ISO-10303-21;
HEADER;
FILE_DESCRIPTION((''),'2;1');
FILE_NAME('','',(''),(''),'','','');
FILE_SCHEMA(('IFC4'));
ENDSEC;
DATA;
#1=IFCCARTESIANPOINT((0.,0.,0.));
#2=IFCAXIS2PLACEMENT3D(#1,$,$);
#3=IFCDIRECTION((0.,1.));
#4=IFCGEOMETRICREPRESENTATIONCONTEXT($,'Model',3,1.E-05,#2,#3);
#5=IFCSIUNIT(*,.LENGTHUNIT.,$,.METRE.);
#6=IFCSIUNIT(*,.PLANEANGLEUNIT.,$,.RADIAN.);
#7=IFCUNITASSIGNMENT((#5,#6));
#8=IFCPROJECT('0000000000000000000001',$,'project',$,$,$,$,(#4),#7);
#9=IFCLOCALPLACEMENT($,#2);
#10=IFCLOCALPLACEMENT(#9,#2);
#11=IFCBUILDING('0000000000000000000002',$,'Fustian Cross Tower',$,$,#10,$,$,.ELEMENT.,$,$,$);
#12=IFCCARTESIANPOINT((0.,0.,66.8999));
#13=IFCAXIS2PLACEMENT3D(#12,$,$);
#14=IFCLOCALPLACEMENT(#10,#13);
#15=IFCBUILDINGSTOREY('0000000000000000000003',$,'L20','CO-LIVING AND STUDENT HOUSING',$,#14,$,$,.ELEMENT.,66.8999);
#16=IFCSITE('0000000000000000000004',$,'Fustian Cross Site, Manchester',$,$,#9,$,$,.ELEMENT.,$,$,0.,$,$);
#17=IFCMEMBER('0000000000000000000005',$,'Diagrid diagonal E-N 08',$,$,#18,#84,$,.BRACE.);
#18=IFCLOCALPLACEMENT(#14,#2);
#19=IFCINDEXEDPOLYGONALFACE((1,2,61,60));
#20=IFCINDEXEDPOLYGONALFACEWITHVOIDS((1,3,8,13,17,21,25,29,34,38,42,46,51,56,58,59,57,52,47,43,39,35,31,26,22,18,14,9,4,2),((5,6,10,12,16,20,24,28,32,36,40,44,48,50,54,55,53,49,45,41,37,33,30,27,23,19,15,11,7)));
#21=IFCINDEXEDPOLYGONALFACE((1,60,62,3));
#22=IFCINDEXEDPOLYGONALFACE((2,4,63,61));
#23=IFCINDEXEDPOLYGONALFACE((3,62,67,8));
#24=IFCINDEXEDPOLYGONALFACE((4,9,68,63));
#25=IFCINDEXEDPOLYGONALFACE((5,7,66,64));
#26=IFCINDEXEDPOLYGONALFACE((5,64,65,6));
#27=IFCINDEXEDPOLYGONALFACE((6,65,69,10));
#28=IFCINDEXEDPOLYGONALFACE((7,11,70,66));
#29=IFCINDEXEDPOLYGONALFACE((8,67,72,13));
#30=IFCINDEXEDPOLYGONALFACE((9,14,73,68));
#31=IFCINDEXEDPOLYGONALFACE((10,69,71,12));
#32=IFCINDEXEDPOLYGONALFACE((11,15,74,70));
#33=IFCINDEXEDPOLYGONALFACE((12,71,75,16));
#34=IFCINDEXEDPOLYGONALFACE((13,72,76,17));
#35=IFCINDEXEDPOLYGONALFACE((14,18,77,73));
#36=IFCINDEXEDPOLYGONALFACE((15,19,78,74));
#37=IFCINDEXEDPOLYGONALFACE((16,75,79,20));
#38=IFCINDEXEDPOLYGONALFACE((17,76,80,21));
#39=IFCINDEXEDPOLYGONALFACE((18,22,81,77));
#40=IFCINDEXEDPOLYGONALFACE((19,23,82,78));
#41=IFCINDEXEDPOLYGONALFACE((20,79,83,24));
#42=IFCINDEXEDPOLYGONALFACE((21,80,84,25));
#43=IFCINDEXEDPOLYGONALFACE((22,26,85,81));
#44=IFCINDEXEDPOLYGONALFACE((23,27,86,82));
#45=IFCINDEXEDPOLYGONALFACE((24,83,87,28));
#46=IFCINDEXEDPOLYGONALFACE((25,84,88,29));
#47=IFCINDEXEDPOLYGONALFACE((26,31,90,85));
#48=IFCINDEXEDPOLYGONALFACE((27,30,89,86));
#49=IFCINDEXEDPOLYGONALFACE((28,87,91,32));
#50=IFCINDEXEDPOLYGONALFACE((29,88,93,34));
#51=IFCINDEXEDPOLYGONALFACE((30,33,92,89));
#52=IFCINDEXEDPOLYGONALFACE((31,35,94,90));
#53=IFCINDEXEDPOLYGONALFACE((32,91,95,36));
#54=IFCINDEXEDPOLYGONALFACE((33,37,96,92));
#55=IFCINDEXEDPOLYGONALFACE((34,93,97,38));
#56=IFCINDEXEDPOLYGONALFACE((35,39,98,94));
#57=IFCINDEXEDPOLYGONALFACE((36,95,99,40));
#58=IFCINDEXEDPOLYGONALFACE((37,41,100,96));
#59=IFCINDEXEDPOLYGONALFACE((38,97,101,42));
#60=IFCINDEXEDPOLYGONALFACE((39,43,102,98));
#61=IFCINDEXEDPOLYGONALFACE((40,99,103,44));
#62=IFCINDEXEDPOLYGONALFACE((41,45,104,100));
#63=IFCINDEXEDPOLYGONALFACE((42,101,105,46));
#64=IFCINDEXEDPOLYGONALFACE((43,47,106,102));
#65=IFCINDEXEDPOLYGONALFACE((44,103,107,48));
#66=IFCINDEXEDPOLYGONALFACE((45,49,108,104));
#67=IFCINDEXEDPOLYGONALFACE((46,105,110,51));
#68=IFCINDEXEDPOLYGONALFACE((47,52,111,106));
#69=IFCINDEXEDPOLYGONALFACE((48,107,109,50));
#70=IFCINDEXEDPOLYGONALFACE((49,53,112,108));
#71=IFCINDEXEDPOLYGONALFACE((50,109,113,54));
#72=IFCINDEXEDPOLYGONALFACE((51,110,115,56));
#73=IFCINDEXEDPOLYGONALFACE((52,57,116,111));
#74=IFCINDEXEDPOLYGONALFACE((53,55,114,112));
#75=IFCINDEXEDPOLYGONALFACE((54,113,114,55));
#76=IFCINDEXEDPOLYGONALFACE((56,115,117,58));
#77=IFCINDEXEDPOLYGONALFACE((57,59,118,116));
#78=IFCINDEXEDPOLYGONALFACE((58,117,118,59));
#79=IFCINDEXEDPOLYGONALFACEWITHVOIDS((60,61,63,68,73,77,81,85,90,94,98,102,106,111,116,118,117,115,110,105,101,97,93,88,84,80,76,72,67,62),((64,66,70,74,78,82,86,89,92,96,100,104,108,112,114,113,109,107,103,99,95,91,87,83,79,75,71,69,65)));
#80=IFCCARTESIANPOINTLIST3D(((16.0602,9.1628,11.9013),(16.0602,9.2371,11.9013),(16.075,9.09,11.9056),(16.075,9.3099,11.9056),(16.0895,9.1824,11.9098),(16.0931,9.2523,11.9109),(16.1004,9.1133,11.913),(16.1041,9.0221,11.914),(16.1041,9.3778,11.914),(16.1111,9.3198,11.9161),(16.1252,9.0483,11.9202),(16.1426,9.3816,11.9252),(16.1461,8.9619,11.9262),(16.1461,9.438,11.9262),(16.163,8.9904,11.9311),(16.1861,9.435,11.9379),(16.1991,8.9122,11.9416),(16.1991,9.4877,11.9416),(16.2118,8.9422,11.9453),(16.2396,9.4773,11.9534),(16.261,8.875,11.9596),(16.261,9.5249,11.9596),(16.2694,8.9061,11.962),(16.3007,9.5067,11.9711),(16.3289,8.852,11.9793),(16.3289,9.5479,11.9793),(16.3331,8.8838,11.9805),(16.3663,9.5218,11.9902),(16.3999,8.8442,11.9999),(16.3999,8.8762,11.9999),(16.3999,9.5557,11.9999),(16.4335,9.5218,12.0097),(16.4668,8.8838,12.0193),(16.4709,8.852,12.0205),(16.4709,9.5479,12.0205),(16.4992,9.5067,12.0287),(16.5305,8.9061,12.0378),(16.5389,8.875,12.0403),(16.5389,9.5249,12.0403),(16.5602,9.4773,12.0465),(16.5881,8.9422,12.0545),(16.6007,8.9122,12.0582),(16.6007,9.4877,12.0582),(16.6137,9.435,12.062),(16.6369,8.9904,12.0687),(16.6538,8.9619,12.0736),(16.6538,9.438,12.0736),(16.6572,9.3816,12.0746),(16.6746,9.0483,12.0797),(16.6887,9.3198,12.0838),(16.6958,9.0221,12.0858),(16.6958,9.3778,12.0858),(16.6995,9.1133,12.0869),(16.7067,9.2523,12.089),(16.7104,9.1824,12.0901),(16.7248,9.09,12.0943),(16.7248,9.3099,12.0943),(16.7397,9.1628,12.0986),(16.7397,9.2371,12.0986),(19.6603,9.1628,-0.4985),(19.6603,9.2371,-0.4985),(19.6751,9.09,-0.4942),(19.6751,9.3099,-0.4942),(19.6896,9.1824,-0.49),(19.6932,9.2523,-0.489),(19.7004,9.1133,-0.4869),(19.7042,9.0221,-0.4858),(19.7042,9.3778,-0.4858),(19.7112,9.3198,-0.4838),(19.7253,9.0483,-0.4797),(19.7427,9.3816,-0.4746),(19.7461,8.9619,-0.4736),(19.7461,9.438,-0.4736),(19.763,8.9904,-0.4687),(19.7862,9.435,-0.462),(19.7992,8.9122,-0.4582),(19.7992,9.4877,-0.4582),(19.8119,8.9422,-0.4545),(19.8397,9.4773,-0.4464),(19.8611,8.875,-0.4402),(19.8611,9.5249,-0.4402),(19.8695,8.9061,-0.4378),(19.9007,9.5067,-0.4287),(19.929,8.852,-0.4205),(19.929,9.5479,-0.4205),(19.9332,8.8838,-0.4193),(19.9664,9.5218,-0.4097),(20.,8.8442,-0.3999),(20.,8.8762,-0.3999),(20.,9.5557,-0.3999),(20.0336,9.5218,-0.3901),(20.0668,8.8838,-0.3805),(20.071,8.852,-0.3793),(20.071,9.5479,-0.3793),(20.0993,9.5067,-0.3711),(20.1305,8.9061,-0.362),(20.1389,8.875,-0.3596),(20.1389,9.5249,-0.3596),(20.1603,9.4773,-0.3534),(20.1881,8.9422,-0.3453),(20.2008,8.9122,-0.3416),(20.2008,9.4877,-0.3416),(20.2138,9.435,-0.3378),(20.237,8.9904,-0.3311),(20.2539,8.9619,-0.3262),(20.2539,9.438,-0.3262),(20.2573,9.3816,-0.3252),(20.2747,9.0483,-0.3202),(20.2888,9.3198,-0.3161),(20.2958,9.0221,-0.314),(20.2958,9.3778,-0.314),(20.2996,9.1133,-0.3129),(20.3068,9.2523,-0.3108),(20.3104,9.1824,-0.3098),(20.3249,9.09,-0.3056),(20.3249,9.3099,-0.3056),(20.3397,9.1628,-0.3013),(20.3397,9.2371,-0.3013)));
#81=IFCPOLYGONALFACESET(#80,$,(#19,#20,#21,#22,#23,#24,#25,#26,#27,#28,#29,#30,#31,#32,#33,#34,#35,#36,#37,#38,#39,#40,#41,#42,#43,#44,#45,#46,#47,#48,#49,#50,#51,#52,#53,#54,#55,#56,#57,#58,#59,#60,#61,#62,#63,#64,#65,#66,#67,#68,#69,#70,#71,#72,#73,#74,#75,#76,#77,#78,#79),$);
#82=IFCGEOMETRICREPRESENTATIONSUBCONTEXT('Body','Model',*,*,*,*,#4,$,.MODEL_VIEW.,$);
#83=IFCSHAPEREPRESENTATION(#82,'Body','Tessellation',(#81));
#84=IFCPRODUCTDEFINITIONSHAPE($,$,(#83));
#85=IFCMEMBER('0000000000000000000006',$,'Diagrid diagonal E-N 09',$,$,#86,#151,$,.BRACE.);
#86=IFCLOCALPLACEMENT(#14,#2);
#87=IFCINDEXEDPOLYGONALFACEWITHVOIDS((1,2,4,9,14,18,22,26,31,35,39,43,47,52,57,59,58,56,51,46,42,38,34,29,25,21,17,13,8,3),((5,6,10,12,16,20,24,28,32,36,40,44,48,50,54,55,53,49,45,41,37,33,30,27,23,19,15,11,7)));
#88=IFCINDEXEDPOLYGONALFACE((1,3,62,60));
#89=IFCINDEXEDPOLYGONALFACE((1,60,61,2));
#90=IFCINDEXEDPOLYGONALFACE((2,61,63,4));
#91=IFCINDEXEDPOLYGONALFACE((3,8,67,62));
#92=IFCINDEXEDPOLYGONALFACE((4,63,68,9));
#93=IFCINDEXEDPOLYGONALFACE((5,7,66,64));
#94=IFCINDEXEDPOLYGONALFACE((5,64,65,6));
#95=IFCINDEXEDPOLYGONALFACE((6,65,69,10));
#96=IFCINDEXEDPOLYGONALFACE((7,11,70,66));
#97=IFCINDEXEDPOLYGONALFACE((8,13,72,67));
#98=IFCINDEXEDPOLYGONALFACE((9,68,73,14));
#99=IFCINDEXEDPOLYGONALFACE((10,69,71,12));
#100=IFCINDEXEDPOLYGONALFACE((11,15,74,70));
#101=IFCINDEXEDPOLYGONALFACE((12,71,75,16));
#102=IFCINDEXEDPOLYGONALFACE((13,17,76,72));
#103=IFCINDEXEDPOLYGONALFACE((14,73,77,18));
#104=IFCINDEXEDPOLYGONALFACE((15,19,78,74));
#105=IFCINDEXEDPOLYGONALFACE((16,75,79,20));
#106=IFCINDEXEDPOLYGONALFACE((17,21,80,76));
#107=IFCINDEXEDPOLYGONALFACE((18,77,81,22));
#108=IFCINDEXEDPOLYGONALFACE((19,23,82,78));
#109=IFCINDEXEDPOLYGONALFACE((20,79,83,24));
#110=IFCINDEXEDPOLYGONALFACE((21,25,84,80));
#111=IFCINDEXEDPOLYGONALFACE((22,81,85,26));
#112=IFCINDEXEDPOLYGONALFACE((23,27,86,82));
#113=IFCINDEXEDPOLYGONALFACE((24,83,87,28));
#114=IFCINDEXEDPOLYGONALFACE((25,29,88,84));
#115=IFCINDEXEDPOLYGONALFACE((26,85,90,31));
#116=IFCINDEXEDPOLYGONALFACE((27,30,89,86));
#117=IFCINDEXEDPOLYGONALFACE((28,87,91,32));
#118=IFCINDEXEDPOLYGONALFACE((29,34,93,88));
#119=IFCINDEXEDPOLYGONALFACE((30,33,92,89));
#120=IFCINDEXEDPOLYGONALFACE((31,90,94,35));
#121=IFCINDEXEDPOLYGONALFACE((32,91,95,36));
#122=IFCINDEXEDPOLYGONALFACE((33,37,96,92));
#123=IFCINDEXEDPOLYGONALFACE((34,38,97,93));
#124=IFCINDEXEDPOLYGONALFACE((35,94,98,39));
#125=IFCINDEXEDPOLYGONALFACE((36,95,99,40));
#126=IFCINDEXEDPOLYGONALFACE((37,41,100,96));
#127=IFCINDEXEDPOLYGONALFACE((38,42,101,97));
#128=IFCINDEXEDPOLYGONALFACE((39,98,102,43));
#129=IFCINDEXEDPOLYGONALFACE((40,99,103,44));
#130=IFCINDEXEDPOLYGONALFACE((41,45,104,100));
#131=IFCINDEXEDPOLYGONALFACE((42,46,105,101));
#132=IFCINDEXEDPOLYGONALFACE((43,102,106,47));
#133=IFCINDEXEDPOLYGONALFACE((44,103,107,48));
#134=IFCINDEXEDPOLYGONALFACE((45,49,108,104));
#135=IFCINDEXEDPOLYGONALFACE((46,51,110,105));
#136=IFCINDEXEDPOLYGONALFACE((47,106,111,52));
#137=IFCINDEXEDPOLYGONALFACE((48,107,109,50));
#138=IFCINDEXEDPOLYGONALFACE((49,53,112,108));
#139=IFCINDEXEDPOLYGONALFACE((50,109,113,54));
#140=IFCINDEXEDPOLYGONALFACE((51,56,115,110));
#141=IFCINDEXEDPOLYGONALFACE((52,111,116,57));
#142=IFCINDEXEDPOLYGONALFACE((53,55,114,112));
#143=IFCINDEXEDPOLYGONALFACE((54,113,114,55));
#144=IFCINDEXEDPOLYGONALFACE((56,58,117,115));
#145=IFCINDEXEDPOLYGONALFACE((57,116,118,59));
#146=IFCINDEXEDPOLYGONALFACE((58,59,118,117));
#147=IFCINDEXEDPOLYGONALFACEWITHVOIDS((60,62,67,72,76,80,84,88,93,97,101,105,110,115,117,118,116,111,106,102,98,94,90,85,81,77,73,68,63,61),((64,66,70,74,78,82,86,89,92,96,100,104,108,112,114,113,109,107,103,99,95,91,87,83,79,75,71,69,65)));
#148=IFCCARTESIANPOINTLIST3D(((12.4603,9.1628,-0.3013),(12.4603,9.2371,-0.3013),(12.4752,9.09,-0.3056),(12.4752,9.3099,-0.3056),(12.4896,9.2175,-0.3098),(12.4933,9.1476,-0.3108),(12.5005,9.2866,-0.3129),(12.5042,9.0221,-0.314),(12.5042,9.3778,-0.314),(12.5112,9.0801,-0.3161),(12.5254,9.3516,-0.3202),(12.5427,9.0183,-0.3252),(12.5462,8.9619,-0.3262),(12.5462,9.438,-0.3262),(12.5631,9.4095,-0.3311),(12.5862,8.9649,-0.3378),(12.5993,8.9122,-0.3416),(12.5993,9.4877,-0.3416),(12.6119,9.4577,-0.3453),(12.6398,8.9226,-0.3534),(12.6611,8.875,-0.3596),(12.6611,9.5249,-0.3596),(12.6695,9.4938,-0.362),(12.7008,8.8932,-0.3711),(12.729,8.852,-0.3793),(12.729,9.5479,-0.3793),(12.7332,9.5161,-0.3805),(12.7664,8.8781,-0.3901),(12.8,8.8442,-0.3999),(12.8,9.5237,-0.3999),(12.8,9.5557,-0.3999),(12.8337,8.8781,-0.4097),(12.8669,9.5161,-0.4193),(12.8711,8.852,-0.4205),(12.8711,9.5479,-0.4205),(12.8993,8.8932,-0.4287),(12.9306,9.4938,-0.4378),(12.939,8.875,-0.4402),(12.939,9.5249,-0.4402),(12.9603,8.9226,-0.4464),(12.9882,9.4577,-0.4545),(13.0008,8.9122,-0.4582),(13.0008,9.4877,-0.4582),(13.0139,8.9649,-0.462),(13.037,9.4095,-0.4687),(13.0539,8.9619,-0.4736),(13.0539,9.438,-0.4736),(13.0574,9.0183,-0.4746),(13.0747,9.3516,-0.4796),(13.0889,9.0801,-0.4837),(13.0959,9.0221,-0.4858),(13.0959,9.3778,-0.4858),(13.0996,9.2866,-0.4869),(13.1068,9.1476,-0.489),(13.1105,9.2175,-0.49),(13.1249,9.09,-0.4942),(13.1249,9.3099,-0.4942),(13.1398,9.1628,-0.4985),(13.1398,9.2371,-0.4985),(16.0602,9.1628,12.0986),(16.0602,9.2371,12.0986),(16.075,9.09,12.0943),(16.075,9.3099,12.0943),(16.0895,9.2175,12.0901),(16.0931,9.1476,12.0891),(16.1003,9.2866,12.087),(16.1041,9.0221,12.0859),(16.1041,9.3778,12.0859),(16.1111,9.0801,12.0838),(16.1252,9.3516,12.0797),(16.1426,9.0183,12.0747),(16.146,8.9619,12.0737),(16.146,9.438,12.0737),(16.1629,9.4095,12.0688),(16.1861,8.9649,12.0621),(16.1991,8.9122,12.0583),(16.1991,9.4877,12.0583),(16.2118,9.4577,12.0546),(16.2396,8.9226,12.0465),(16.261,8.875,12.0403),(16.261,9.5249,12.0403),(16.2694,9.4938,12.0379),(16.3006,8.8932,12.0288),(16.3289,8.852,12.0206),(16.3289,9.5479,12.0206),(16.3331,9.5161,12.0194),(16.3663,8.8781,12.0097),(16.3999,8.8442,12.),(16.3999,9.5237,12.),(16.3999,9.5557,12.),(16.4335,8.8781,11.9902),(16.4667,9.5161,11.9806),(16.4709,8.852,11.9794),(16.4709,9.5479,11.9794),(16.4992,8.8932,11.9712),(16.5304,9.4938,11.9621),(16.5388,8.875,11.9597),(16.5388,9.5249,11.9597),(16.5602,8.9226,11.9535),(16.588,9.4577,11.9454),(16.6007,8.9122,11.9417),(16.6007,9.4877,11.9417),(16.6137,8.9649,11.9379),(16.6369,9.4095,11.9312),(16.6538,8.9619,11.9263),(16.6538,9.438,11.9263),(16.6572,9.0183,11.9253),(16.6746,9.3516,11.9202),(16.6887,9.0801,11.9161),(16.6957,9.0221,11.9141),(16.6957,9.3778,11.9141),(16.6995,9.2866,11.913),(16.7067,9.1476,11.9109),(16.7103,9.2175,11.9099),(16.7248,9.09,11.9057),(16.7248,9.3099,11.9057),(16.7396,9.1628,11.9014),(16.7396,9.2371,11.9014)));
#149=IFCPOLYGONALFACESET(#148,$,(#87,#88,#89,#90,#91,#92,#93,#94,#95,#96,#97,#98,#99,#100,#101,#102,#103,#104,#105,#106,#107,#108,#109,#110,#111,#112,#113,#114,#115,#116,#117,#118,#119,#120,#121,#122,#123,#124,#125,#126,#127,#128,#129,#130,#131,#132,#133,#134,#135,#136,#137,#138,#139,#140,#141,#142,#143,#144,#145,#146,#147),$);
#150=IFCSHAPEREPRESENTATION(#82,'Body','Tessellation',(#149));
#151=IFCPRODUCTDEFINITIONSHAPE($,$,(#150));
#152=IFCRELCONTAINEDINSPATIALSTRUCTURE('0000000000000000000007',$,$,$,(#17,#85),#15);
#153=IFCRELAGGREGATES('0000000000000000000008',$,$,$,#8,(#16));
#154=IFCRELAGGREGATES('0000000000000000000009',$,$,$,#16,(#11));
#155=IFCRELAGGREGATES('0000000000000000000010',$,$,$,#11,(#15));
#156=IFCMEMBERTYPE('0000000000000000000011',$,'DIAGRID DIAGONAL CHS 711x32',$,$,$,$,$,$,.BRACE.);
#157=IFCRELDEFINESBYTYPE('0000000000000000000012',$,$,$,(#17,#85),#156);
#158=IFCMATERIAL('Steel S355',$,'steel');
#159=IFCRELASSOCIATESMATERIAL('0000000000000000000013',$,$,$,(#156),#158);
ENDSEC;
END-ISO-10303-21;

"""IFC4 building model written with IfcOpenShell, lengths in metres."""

from ifc_helpers import new_model, si_unit, direction, frame, origin, origin_2d, place, context, subcontext, project, spatial, hollow_circle, extrude, material, material_profile, profile_set, type_object, element, save


model = new_model("IFC4")

# Units and contexts
model_context = context("Model", 3, precision=1e-05, world=origin(), true_north=direction((0.0, 1.0)))
body_context = subcontext(model_context, "Body", "Model", "MODEL_VIEW")
ifc_project = project(units=[si_unit("LENGTHUNIT", "METRE"), si_unit("PLANEANGLEUNIT", "RADIAN")], contexts=[model_context])

# Site, building, storey
site_placement = place(None, origin())
site = spatial("IfcSite", under=ifc_project, at=site_placement, Name="Fustian Cross Site, Manchester", CompositionType="ELEMENT", RefElevation=0.0)
building_placement = place(site_placement, origin())
building = spatial("IfcBuilding", under=site, at=building_placement, Name="Fustian Cross Tower", CompositionType="ELEMENT")
storey_placement = place(building_placement, frame((0.0, 0.0, 66.8999)))
storey = spatial("IfcBuildingStorey", under=building, at=storey_placement, Name="L20", Description="CO-LIVING AND STUDENT HOUSING", CompositionType="ELEMENT", Elevation=66.8999)

# Members
ifc_material_1 = material(Name="Steel S355", Category="steel")
ifc_material_profile_1 = material_profile(ifc_material_1, hollow_circle(Radius=0.3557, WallThickness=0.032, at=origin_2d()), Name="CHS 711x32")
ifc_profile_set_1 = profile_set([ifc_material_profile_1], Name="Steel S355")
member_type_1 = type_object("IfcMemberType", Name="DIAGRID DIAGONAL CHS 711x32", PredefinedType="BRACE", material=ifc_profile_set_1)
for number, where, z_axis, x_axis, name in (
    (1, (20.0, 9.2, -0.3999), (-0.278819, 0.0, 0.960344), (0.0, -1.0, 0.0), "Diagrid diagonal E-N 08"),
    (2, (12.8, 9.2, -0.3999), (0.278802, 0.0, 0.960349), (0.0, 1.0, 0.0), "Diagrid diagonal E-N 09"),
):
    element("IfcMember", number, at=place(storey_placement, frame(where, z_axis=z_axis, x_axis=x_axis)), inside=storey, type_object=member_type_1, Name=name, PredefinedType="BRACE", context=body_context, shape_type="SweptSolid", body=[
        extrude(hollow_circle(Radius=0.3557, WallThickness=0.032, at=origin_2d()), origin(), (0.0, 0.0, 1.0), 12.9119),
    ])

save(model, "model.ifc")
